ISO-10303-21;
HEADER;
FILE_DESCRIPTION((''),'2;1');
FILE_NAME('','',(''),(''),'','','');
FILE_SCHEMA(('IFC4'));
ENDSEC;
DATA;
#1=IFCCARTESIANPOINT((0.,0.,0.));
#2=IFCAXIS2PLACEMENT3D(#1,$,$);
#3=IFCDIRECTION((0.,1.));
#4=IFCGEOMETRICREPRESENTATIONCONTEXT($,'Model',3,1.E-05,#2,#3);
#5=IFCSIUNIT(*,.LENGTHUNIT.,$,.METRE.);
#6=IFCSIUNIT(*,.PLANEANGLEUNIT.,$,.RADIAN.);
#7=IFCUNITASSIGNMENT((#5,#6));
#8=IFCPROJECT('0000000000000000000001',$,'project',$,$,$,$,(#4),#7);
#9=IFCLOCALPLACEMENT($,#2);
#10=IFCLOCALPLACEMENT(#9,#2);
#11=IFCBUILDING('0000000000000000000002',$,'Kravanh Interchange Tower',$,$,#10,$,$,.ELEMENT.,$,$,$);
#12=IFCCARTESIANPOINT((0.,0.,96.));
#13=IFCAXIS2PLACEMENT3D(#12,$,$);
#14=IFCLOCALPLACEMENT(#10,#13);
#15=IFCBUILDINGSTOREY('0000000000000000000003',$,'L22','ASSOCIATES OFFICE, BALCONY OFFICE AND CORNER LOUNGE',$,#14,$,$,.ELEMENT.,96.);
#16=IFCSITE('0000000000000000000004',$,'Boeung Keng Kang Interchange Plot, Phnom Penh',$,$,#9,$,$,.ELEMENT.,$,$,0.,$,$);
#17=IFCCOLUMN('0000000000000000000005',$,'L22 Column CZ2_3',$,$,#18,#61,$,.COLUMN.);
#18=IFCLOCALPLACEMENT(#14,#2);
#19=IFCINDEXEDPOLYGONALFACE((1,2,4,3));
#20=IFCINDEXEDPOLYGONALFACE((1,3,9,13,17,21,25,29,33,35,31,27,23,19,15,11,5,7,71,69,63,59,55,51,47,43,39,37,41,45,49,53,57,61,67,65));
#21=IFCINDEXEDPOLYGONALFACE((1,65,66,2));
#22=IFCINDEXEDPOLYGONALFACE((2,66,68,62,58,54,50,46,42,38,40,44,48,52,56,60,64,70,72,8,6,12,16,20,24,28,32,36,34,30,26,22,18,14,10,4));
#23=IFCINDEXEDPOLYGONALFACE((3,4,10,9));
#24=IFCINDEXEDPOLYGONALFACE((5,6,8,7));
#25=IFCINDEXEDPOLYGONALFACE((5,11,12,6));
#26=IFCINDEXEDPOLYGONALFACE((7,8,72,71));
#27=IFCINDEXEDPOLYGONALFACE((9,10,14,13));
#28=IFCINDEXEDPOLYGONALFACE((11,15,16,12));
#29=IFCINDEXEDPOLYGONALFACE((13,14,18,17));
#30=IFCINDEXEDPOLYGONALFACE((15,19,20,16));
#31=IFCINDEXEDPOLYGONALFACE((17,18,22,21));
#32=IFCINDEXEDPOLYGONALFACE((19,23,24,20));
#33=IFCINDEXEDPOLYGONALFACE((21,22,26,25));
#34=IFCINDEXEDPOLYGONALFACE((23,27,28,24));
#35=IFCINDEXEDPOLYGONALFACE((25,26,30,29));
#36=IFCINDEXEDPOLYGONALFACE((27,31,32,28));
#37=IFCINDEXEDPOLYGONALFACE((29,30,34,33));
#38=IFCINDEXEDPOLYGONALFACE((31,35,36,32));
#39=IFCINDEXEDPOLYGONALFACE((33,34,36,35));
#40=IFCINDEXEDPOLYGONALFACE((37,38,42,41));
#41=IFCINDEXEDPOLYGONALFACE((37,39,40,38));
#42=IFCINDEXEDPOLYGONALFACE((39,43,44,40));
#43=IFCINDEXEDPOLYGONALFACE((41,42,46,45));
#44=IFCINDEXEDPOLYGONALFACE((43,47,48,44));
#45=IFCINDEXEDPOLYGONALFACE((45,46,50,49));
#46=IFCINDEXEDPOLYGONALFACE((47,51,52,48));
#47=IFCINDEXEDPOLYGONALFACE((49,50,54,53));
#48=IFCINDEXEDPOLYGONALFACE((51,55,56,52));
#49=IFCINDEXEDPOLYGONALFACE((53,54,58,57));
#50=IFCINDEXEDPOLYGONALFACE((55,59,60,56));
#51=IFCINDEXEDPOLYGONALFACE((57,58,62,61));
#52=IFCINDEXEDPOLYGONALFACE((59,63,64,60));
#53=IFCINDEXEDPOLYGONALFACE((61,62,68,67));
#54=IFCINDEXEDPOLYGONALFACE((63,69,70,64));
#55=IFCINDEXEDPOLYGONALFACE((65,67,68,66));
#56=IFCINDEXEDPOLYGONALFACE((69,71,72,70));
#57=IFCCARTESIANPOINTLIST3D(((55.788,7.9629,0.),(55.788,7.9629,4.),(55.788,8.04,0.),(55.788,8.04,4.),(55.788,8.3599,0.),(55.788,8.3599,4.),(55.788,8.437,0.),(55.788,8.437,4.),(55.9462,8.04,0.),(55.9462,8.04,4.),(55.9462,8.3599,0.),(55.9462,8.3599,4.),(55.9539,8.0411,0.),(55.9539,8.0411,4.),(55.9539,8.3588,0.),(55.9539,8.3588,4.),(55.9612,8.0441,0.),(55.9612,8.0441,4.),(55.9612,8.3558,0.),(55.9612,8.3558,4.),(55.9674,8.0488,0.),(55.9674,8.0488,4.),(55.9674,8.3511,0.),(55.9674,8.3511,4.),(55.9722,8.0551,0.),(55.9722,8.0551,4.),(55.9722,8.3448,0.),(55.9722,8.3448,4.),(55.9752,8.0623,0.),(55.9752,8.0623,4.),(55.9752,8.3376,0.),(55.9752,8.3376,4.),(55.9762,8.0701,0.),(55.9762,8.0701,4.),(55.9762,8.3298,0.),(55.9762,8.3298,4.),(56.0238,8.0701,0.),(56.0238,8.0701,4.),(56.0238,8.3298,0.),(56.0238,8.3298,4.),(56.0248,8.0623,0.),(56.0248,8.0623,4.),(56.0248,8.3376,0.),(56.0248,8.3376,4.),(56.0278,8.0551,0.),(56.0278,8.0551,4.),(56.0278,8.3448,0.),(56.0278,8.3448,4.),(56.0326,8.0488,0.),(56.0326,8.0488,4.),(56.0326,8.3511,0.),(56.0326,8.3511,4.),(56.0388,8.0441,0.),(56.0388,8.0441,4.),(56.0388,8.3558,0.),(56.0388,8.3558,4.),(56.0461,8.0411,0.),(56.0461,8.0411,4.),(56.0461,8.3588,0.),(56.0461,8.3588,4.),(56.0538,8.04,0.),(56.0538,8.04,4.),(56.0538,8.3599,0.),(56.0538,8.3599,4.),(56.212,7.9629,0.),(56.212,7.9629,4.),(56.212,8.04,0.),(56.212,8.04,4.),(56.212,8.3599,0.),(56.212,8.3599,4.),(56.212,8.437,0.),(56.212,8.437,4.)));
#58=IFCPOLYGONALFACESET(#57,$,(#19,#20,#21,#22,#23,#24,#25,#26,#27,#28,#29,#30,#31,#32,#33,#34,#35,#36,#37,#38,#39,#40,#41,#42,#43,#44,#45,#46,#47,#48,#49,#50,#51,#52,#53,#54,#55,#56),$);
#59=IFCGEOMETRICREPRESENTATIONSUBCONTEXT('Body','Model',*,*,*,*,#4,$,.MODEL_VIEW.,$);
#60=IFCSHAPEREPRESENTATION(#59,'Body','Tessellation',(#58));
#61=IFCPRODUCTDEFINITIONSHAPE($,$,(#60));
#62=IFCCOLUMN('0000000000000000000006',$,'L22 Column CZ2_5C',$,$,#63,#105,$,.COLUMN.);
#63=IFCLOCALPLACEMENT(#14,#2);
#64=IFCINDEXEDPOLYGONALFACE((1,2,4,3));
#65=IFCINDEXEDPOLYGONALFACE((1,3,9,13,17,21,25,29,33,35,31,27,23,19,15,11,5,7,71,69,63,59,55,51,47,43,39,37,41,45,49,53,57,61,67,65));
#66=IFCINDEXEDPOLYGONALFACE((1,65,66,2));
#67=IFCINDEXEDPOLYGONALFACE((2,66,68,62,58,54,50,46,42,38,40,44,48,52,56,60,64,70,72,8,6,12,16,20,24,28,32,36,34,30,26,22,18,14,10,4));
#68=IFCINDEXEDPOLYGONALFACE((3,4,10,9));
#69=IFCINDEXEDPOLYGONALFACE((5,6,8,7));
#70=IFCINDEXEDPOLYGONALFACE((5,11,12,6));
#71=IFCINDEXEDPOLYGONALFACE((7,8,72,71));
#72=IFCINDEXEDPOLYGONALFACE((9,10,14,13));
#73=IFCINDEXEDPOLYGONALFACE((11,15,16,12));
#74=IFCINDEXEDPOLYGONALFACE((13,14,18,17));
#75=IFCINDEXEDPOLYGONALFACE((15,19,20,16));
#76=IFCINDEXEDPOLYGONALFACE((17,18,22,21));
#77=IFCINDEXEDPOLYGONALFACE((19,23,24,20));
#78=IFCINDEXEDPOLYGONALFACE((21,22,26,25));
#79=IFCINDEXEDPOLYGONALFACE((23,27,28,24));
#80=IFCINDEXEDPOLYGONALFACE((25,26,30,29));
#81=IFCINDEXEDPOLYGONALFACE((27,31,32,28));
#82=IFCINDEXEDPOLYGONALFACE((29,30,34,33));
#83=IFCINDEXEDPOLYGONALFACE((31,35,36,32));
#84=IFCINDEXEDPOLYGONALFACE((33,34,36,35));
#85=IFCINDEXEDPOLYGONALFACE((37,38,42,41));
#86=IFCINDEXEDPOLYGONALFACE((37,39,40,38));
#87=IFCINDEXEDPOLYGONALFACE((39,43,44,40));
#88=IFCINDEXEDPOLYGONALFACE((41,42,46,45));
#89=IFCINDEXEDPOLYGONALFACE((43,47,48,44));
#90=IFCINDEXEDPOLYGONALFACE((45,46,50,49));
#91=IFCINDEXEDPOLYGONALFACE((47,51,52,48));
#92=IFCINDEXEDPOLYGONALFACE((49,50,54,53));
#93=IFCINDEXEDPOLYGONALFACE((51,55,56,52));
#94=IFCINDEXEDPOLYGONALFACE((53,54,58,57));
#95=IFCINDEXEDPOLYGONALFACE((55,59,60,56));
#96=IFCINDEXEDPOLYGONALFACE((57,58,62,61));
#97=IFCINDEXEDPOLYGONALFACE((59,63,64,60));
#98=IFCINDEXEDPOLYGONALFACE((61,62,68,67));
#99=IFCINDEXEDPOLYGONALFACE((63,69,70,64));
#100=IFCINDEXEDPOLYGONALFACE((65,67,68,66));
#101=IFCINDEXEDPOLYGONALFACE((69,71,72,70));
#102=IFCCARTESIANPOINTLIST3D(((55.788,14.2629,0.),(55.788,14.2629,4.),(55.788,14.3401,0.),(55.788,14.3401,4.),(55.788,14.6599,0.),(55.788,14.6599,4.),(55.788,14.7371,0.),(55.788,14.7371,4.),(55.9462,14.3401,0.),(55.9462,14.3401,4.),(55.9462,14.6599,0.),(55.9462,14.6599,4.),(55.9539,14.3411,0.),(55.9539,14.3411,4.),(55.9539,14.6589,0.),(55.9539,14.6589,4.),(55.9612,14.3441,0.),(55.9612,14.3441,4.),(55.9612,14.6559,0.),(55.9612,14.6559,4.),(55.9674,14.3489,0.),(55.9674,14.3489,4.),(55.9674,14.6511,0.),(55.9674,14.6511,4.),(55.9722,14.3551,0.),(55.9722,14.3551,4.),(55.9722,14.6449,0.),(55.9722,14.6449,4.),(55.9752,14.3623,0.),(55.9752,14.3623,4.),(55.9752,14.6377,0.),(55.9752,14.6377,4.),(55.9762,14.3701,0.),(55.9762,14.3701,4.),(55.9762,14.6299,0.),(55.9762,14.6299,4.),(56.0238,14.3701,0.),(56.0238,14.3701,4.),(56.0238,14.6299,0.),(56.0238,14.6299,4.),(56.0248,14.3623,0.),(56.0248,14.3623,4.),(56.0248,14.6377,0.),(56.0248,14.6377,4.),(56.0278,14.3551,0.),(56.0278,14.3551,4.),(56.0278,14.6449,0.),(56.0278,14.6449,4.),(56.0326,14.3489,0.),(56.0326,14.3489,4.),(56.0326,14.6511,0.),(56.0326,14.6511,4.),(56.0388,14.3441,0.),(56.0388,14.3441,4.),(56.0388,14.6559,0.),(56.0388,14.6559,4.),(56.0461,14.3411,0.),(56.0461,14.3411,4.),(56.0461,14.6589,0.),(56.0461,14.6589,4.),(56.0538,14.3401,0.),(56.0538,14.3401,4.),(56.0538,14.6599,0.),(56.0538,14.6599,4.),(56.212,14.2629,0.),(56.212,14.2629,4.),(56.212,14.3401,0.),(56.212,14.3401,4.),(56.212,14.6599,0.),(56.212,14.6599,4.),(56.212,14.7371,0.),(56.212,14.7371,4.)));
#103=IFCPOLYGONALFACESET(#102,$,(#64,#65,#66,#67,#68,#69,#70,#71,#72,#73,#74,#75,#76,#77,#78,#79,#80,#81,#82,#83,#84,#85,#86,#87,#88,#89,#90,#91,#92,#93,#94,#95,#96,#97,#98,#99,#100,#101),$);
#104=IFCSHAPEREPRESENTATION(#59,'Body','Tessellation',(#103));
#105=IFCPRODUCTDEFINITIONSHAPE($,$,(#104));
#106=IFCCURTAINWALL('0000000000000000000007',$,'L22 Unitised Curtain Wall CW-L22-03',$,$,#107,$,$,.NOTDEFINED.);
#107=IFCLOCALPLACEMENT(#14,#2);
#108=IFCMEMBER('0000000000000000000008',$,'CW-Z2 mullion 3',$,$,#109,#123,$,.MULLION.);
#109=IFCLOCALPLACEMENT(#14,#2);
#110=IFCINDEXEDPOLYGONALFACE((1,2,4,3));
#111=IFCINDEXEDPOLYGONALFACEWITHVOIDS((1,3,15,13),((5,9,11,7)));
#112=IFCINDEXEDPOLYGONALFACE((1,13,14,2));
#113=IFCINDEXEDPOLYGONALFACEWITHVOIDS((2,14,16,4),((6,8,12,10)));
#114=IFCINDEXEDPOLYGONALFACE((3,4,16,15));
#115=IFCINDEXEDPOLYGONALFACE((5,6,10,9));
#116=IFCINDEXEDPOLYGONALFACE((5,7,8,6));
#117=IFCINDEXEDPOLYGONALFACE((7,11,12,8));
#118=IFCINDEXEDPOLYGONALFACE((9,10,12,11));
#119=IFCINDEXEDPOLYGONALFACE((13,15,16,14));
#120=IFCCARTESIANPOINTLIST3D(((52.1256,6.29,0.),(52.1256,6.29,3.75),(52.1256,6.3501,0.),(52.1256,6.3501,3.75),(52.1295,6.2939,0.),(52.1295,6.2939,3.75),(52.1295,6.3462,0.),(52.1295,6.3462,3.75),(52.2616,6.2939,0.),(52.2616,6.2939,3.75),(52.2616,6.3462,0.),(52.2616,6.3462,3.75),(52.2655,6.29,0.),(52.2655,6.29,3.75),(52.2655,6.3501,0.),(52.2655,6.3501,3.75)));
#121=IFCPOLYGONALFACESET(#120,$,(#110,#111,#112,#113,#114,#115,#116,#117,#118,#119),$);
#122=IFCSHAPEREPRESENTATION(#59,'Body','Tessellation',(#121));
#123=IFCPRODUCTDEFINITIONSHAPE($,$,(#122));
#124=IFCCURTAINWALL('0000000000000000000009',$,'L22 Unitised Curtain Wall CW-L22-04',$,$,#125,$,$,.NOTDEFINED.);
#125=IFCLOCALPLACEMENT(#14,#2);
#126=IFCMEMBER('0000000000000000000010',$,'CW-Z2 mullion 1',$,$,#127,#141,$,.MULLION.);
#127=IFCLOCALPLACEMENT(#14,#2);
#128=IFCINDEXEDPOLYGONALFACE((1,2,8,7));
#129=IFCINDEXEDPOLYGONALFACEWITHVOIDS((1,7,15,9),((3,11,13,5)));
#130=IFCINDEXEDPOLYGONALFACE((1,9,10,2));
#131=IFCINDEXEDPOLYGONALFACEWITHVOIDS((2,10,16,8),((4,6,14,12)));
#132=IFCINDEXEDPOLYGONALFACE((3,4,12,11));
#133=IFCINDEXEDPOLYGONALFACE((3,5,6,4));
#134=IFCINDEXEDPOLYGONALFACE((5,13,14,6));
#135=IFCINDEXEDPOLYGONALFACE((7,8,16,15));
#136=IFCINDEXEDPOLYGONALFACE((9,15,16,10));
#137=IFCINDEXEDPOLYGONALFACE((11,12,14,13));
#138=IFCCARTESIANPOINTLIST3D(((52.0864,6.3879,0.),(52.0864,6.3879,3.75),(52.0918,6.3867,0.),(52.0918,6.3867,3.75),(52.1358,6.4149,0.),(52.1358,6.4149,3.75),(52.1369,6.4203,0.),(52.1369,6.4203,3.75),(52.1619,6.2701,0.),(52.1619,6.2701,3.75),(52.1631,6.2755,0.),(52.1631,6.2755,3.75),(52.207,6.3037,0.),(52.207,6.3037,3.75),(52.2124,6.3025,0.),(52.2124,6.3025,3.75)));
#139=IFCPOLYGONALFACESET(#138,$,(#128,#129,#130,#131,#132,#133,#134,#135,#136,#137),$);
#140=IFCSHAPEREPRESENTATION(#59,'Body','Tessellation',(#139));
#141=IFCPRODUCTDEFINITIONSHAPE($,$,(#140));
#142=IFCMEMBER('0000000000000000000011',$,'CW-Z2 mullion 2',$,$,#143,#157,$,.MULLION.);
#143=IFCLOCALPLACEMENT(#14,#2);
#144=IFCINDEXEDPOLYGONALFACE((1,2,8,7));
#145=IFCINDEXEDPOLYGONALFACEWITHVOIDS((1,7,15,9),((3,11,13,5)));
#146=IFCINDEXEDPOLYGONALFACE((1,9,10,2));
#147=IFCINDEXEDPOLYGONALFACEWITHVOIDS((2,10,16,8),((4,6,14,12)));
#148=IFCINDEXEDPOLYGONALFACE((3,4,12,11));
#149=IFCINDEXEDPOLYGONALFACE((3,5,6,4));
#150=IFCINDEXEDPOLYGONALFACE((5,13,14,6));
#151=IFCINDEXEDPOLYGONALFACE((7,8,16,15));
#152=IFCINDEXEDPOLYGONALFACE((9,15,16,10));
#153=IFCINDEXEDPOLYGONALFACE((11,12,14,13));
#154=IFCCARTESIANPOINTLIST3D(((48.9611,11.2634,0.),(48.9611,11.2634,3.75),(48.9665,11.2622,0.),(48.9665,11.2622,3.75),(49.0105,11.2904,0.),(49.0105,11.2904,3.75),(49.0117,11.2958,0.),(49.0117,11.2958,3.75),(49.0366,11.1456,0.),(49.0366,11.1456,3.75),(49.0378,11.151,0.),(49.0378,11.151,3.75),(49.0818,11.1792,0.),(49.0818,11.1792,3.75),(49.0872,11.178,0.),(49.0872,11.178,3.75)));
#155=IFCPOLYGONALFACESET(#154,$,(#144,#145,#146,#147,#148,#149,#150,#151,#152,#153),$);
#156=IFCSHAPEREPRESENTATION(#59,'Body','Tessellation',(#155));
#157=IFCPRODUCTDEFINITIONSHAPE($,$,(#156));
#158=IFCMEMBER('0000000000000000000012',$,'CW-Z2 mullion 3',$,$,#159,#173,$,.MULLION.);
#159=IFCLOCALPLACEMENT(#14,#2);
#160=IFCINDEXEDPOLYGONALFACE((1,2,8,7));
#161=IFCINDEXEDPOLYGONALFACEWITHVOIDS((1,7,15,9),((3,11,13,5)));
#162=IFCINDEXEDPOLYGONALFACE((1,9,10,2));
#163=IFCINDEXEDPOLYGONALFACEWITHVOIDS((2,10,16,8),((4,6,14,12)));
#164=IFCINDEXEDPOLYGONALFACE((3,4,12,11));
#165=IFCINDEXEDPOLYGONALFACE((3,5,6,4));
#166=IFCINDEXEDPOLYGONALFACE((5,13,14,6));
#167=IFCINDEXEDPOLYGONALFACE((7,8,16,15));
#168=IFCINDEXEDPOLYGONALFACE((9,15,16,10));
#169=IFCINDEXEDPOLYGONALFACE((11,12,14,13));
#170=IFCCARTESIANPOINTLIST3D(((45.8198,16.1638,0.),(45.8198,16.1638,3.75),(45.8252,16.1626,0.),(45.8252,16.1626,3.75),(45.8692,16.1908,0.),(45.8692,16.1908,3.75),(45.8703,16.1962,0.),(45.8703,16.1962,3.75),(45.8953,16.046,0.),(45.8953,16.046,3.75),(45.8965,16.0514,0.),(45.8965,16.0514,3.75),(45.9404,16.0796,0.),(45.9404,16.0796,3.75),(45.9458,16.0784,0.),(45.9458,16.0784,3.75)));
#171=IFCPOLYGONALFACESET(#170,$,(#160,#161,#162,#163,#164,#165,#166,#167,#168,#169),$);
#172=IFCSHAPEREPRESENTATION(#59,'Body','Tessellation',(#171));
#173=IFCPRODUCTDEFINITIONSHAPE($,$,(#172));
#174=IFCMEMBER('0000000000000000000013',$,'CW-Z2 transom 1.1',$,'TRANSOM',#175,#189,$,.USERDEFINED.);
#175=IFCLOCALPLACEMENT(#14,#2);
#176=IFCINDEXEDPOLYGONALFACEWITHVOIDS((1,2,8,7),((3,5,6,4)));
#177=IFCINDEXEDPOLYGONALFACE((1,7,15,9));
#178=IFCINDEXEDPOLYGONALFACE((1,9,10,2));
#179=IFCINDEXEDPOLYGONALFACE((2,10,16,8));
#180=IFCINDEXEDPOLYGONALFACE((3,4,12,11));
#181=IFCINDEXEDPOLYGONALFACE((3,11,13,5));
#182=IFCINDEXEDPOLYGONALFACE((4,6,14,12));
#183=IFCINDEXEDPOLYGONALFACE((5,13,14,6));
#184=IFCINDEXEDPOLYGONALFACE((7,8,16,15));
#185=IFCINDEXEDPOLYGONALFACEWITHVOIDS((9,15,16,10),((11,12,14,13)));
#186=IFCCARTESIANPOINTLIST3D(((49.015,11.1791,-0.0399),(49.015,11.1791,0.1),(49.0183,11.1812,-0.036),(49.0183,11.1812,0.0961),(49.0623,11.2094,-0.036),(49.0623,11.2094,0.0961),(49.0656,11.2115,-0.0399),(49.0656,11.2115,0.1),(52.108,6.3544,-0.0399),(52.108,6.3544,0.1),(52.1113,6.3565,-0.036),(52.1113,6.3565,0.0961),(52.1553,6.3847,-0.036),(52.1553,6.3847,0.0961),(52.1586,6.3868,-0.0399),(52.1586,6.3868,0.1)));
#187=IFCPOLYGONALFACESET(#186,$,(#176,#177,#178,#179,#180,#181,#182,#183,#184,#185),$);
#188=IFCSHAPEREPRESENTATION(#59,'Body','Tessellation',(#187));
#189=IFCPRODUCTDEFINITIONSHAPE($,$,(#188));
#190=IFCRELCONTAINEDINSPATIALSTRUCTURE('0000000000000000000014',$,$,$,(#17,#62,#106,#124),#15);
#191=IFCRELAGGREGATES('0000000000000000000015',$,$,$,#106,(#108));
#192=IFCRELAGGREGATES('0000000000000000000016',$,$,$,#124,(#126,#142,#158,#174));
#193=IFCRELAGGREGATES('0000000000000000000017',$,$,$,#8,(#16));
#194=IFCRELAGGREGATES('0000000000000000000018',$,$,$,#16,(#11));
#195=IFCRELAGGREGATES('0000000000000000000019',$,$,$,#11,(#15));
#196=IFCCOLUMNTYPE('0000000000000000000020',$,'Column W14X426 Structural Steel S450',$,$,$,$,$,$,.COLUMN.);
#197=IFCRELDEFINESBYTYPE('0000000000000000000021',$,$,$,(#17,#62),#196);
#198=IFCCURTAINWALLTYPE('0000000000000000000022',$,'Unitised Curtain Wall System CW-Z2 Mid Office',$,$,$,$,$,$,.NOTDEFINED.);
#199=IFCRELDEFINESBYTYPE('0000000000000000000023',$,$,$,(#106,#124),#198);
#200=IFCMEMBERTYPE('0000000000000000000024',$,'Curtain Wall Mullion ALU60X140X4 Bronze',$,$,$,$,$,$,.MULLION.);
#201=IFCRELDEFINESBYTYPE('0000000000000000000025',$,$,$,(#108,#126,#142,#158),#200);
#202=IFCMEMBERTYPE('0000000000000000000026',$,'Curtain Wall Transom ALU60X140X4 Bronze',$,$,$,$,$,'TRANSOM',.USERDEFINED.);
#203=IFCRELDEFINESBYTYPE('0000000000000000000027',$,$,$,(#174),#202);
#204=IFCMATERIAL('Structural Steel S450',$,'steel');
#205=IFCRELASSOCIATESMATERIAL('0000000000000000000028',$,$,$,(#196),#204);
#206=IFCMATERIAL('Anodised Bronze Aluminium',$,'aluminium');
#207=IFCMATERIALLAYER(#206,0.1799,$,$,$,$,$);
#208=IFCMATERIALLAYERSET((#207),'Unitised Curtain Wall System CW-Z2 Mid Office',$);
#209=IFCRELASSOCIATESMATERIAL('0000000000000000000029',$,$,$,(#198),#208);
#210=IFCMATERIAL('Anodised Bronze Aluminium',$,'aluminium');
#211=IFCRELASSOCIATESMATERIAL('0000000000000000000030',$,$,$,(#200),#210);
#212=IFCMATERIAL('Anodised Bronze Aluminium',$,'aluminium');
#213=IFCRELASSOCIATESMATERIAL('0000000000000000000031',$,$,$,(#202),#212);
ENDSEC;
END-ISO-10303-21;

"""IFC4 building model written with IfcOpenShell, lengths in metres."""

from ifc_helpers import new_model, si_unit, direction, frame, origin, origin_2d, place, context, subcontext, project, spatial, hollow_rectangle, i_section, extrude, material, layer, layer_set, material_profile, profile_set, type_object, element, aggregate, save


model = new_model("IFC4")

# Units and contexts
model_context = context("Model", 3, precision=1e-05, world=origin(), true_north=direction((0.0, 1.0)))
body_context = subcontext(model_context, "Body", "Model", "MODEL_VIEW")
ifc_project = project(units=[si_unit("LENGTHUNIT", "METRE"), si_unit("PLANEANGLEUNIT", "RADIAN")], contexts=[model_context])

# Site, building, storey
site_placement = place(None, origin())
site = spatial("IfcSite", under=ifc_project, at=site_placement, Name="Boeung Keng Kang Interchange Plot, Phnom Penh", CompositionType="ELEMENT", RefElevation=0.0)
building_placement = place(site_placement, origin())
building = spatial("IfcBuilding", under=site, at=building_placement, Name="Kravanh Interchange Tower", CompositionType="ELEMENT")
storey_placement = place(building_placement, frame((0.0, 0.0, 96.0)))
storey = spatial("IfcBuildingStorey", under=building, at=storey_placement, Name="L22", Description="ASSOCIATES OFFICE, BALCONY OFFICE AND CORNER LOUNGE", CompositionType="ELEMENT", Elevation=96.0)

# Columns
ifc_material_1 = material(Name="Structural Steel S450", Category="steel")
ifc_material_profile_1 = material_profile(ifc_material_1, i_section(OverallWidth=0.4241, OverallDepth=0.4741, WebThickness=0.0476, FlangeThickness=0.0771, FilletRadius=0.03, at=origin_2d()), Name="W14X426")
ifc_profile_set_1 = profile_set([ifc_material_profile_1], Name="Structural Steel S450")
column_type = type_object("IfcColumnType", Name="Column W14X426 Structural Steel S450", PredefinedType="COLUMN", material=ifc_profile_set_1)
for number, where, z_axis, x_axis, name in (
    (1, (56.0, 8.2, 0.0), (0.0, 0.0, 1.0), (1.0, 0.0, 0.0), "L22 Column CZ2_3"),
    (2, (56.0, 14.5, 0.0), (0.0, 0.0, 1.0), (1.0, 0.0, 0.0), "L22 Column CZ2_5C"),
):
    element("IfcColumn", number, at=place(storey_placement, frame(where, z_axis=z_axis, x_axis=x_axis)), inside=storey, type_object=column_type, Name=name, PredefinedType="COLUMN", context=body_context, shape_type="SweptSolid", body=[
        extrude(i_section(OverallWidth=0.4241, OverallDepth=0.4741, WebThickness=0.0476, FlangeThickness=0.0771, FilletRadius=0.03, at=origin_2d()), origin(), (0.0, 0.0, 1.0), 4.0),
    ])

# Curtain wall, member
ifc_material_2 = material(Name="Anodised Bronze Aluminium", Category="aluminium")
ifc_layer_1 = layer(ifc_material_2, 0.1799)
ifc_layer_set_1 = layer_set([ifc_layer_1], Name="Unitised Curtain Wall System CW-Z2 Mid Office")
curtain_wall_type = type_object("IfcCurtainWallType", Name="Unitised Curtain Wall System CW-Z2 Mid Office", PredefinedType="NOTDEFINED", material=ifc_layer_set_1)
curtain_wall_1_placement = place(storey_placement, origin())
curtain_wall_1 = element("IfcCurtainWall", 3, at=curtain_wall_1_placement, inside=storey, type_object=curtain_wall_type, Name="L22 Unitised Curtain Wall CW-L22-03", PredefinedType="NOTDEFINED")
ifc_material_3 = material(Name="Anodised Bronze Aluminium", Category="aluminium")
ifc_material_profile_2 = material_profile(ifc_material_3, hollow_rectangle(XDim=0.0601, YDim=0.1399, WallThickness=0.0039, at=origin_2d()), Name="ALU60X140X4")
ifc_profile_set_2 = profile_set([ifc_material_profile_2], Name="Anodised Bronze Aluminium")
member_type_1 = type_object("IfcMemberType", Name="Curtain Wall Mullion ALU60X140X4 Bronze", PredefinedType="MULLION", material=ifc_profile_set_2)
member_1_placement = place(storey_placement, frame((52.1956, 6.3201, 0.0), z_axis=(0.0, 0.0, 1.0), x_axis=(0.0, -1.0, 0.0)))
member_1 = element("IfcMember", 4, at=member_1_placement, type_object=member_type_1, Name="CW-Z2 mullion 3", PredefinedType="MULLION", context=body_context, shape_type="SweptSolid", body=[
    extrude(hollow_rectangle(XDim=0.0601, YDim=0.1399, WallThickness=0.0039, at=origin_2d()), origin(), (0.0, 0.0, 1.0), 3.75),
])

# Curtain wall, members
curtain_wall_2_placement = place(storey_placement, origin())
curtain_wall_2 = element("IfcCurtainWall", 5, at=curtain_wall_2_placement, inside=storey, type_object=curtain_wall_type, Name="L22 Unitised Curtain Wall CW-L22-04", PredefinedType="NOTDEFINED")
member_2_placement = place(storey_placement, frame((52.1494, 6.3452, 0.0), z_axis=(0.0, 0.0, 1.0), x_axis=(-0.84188, -0.539665, 0.0)))
member_2 = element("IfcMember", 6, at=member_2_placement, type_object=member_type_1, Name="CW-Z2 mullion 1", PredefinedType="MULLION", context=body_context, shape_type="SweptSolid", body=[
    extrude(hollow_rectangle(XDim=0.0601, YDim=0.1399, WallThickness=0.0039, at=origin_2d()), origin(), (0.0, 0.0, 1.0), 3.75),
])
member_3_placement = place(storey_placement, frame((49.0242, 11.2207, 0.0), z_axis=(0.0, 0.0, 1.0), x_axis=(-0.84188, -0.539665, 0.0)))
member_3 = element("IfcMember", 7, at=member_3_placement, type_object=member_type_1, Name="CW-Z2 mullion 2", PredefinedType="MULLION", context=body_context, shape_type="SweptSolid", body=[
    extrude(hollow_rectangle(XDim=0.0601, YDim=0.1399, WallThickness=0.0039, at=origin_2d()), origin(), (0.0, 0.0, 1.0), 3.75),
])
member_4_placement = place(storey_placement, frame((45.8828, 16.1211, 0.0), z_axis=(0.0, 0.0, 1.0), x_axis=(-0.84188, -0.539665, 0.0)))
member_4 = element("IfcMember", 8, at=member_4_placement, type_object=member_type_1, Name="CW-Z2 mullion 3", PredefinedType="MULLION", context=body_context, shape_type="SweptSolid", body=[
    extrude(hollow_rectangle(XDim=0.0601, YDim=0.1399, WallThickness=0.0039, at=origin_2d()), origin(), (0.0, 0.0, 1.0), 3.75),
])
ifc_material_4 = material(Name="Anodised Bronze Aluminium", Category="aluminium")
ifc_material_profile_3 = material_profile(ifc_material_4, hollow_rectangle(XDim=0.0601, YDim=0.1399, WallThickness=0.0039, at=origin_2d()), Name="ALU60X140X4")
ifc_profile_set_3 = profile_set([ifc_material_profile_3], Name="Anodised Bronze Aluminium")
member_type_2 = type_object("IfcMemberType", Name="Curtain Wall Transom ALU60X140X4 Bronze", ElementType="TRANSOM", PredefinedType="USERDEFINED", material=ifc_profile_set_3)
member_5_placement = place(storey_placement, frame((52.1333, 6.3706, 0.03), z_axis=(-0.539698, 0.841859, 0.0), x_axis=(-0.841859, -0.539698, 0.0)))
member_5 = element("IfcMember", 9, at=member_5_placement, type_object=member_type_2, Name="CW-Z2 transom 1.1", ObjectType="TRANSOM", PredefinedType="USERDEFINED", context=body_context, shape_type="SweptSolid", body=[
    extrude(hollow_rectangle(XDim=0.0601, YDim=0.1399, WallThickness=0.0039, at=origin_2d()), origin(), (0.0, 0.0, 1.0), 5.731),
])

aggregate(curtain_wall_1, [member_1])
aggregate(curtain_wall_2, [member_2, member_3, member_4, member_5])

save(model, "model.ifc")
